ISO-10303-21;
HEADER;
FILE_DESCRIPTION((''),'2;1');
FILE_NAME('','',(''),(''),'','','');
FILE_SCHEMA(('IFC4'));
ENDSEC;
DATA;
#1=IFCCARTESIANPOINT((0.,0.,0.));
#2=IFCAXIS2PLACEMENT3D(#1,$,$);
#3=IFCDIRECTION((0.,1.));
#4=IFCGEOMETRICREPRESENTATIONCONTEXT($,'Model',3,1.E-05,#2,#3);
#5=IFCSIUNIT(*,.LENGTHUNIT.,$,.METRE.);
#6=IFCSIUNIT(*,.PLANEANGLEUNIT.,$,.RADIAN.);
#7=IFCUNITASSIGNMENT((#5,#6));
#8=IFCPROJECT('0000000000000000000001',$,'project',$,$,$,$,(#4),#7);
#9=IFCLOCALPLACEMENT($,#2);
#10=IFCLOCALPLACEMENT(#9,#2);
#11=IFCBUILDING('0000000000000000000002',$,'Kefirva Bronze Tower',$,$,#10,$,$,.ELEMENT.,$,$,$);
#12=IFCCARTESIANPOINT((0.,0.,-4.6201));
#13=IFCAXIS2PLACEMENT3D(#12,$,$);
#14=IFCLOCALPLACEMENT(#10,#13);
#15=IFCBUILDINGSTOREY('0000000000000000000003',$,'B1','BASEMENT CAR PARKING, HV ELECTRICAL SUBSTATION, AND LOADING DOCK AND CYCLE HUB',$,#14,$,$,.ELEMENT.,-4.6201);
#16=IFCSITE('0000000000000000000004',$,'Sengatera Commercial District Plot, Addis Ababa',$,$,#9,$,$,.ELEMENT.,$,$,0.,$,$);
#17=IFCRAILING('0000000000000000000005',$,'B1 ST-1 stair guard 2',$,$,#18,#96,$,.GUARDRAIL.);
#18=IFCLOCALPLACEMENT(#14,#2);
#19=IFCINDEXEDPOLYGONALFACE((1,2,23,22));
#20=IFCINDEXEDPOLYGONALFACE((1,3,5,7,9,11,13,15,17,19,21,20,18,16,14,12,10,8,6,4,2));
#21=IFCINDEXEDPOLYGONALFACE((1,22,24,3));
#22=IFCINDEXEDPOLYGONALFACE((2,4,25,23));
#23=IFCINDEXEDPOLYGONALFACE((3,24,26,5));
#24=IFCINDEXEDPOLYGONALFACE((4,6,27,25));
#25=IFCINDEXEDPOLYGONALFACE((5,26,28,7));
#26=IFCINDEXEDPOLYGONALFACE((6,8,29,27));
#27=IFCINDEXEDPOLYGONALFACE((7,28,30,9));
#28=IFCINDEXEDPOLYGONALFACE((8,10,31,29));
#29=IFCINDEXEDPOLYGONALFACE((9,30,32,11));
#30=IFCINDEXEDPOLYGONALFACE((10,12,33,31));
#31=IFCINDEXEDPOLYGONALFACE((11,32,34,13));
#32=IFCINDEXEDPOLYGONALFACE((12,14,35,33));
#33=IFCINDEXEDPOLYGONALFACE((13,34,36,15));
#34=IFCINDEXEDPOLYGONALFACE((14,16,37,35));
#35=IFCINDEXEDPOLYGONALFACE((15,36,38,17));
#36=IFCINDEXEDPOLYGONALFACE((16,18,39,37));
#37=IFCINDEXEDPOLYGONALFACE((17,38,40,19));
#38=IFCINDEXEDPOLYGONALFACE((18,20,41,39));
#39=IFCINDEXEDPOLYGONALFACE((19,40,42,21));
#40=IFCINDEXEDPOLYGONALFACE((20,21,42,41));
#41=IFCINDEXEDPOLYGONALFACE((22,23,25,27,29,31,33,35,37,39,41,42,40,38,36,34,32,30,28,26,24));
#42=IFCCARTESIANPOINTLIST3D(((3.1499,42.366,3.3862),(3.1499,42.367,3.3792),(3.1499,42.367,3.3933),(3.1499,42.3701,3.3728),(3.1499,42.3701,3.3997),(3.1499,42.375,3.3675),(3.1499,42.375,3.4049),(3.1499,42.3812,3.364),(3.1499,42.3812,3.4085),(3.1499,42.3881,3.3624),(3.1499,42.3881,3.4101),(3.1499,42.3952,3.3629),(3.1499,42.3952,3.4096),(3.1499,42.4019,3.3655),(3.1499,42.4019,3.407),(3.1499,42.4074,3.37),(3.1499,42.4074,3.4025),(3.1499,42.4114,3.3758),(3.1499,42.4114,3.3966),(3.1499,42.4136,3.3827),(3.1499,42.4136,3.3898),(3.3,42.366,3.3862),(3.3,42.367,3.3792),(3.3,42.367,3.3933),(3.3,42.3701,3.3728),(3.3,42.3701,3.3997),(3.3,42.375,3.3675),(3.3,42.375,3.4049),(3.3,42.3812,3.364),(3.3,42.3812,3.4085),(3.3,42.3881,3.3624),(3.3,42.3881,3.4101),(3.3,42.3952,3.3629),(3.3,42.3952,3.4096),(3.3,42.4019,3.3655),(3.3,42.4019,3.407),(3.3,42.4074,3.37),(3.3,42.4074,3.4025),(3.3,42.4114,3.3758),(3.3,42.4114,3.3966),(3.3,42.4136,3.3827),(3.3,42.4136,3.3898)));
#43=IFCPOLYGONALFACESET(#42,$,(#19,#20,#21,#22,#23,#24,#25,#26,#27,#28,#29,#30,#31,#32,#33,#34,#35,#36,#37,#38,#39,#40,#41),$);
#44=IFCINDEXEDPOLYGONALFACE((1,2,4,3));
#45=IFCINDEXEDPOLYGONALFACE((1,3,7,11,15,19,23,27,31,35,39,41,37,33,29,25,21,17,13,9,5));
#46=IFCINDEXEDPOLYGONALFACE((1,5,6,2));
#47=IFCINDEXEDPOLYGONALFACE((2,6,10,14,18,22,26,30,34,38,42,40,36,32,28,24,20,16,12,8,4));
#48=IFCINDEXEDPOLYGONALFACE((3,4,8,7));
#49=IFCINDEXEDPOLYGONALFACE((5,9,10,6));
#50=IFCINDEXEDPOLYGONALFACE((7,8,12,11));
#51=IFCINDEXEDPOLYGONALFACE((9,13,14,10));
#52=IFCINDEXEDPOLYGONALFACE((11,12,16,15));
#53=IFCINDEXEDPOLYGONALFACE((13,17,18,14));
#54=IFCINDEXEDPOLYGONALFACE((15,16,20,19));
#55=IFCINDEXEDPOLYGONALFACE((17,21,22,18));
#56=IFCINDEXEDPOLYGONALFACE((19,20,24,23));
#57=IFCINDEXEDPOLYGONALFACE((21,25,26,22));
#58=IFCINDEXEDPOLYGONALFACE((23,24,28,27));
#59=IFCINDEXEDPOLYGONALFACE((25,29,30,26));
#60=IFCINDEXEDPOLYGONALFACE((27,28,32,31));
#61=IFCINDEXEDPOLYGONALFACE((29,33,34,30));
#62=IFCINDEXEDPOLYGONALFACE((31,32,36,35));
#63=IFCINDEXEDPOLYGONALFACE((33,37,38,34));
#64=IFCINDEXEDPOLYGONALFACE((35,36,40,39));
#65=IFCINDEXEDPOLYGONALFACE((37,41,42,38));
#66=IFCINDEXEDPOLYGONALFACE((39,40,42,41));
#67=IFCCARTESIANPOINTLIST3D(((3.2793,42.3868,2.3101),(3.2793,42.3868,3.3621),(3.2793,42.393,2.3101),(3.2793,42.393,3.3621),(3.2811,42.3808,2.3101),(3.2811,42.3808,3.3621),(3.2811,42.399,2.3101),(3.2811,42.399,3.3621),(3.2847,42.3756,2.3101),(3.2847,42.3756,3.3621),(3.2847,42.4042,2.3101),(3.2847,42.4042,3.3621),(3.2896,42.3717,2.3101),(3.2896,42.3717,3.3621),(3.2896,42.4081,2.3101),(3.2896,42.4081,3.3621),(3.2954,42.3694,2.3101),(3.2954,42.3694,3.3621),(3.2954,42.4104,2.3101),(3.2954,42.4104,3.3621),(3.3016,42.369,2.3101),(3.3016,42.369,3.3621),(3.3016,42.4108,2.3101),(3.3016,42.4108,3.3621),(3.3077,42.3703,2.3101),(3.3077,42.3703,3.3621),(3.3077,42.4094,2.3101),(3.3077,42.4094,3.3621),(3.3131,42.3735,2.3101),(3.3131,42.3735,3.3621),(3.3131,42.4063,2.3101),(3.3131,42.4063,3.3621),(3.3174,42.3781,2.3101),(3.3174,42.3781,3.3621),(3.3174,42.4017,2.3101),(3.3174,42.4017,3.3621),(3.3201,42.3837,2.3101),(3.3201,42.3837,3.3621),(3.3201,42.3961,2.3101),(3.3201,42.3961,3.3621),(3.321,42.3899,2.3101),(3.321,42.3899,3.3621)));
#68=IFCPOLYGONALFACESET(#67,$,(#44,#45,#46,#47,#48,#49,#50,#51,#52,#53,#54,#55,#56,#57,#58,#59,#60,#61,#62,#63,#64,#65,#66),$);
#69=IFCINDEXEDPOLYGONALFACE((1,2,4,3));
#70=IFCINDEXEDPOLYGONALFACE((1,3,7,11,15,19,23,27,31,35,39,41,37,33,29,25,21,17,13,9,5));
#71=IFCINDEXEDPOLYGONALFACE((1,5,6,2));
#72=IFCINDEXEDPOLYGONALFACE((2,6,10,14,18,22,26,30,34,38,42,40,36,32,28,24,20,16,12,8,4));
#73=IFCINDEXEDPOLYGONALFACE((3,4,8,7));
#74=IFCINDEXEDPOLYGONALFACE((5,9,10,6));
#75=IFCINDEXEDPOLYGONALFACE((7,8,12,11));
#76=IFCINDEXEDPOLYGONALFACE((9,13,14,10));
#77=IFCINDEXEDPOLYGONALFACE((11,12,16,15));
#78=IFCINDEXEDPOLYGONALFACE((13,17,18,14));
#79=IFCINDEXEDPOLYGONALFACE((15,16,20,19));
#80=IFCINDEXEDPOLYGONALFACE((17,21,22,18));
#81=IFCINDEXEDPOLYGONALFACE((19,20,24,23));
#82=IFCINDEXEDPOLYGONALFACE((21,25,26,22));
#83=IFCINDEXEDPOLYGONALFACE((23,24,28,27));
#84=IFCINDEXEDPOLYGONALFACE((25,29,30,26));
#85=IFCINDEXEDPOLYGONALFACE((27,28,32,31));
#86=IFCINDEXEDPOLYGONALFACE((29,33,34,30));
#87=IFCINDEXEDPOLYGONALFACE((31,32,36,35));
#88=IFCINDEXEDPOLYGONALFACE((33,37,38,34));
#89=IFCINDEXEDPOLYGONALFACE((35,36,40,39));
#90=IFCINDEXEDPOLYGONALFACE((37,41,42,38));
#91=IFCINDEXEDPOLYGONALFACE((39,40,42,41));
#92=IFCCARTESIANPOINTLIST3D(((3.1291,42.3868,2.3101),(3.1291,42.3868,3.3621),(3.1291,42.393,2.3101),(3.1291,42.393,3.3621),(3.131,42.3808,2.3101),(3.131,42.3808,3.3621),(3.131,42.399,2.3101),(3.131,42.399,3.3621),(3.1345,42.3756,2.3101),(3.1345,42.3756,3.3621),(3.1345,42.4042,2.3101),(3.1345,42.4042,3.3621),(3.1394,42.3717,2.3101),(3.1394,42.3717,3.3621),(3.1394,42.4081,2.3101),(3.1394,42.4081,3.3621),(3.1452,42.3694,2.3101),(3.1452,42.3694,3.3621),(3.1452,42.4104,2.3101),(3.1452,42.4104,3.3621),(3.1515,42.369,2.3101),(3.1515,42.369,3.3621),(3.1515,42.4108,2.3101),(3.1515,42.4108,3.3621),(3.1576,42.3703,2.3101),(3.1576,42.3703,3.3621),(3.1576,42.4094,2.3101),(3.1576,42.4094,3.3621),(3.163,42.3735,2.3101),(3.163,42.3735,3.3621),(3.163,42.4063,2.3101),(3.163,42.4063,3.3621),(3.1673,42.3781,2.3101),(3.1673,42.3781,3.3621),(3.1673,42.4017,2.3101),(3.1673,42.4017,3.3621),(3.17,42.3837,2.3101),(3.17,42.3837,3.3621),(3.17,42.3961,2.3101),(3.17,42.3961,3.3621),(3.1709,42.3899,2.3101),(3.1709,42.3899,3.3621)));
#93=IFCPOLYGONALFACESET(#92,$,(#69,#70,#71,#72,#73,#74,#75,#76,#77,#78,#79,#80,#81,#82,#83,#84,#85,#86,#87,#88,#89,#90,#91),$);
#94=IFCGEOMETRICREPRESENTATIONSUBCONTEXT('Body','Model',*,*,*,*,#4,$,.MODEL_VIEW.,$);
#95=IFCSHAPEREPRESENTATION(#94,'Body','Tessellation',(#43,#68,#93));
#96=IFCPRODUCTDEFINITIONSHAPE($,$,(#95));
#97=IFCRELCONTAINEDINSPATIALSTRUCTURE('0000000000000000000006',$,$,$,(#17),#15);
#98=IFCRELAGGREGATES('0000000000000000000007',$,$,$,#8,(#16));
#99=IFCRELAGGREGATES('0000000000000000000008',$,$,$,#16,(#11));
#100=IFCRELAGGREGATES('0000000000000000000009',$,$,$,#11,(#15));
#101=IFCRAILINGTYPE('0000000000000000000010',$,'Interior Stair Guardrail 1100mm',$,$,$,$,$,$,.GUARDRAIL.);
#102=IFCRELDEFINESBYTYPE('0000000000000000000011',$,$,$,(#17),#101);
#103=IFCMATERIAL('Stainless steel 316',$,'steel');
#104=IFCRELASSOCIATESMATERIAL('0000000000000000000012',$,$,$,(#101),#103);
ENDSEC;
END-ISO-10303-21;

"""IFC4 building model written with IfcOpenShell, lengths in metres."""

from ifc_helpers import new_model, si_unit, direction, frame, origin, origin_2d, place, context, subcontext, project, spatial, circle, extrude, material, type_object, element, save


model = new_model("IFC4")

# Units and contexts
model_context = context("Model", 3, precision=1e-05, world=origin(), true_north=direction((0.0, 1.0)))
body_context = subcontext(model_context, "Body", "Model", "MODEL_VIEW")
ifc_project = project(units=[si_unit("LENGTHUNIT", "METRE"), si_unit("PLANEANGLEUNIT", "RADIAN")], contexts=[model_context])

# Site, building, storey
site_placement = place(None, origin())
site = spatial("IfcSite", under=ifc_project, at=site_placement, Name="Sengatera Commercial District Plot, Addis Ababa", CompositionType="ELEMENT", RefElevation=0.0)
building_placement = place(site_placement, origin())
building = spatial("IfcBuilding", under=site, at=building_placement, Name="Kefirva Bronze Tower", CompositionType="ELEMENT")
storey_placement = place(building_placement, frame((0.0, 0.0, -4.6201)))
storey = spatial("IfcBuildingStorey", under=building, at=storey_placement, Name="B1", Description="BASEMENT CAR PARKING, HV ELECTRICAL SUBSTATION, AND LOADING DOCK AND CYCLE HUB", CompositionType="ELEMENT", Elevation=-4.6201)

# Railing
ifc_material_1 = material(Name="Stainless steel 316", Category="steel")
railing_type_1 = type_object("IfcRailingType", Name="Interior Stair Guardrail 1100mm", PredefinedType="GUARDRAIL", material=ifc_material_1)
railing_1_placement = place(storey_placement, frame((3.3, 42.3899, 2.3101)))
element("IfcRailing", 1, at=railing_1_placement, inside=storey, type_object=railing_type_1, Name="B1 ST-1 stair guard 2", PredefinedType="GUARDRAIL", context=body_context, shape_type="SweptSolid", body=[
    extrude(circle(Radius=0.0239, at=origin_2d()), frame((0.0, 0.0, 1.0762), z_axis=(-1.0, 0.0, 0.0), x_axis=(0.0, -1.0, 0.0)), (0.0, 0.0, 1.0), 0.1501),
    extrude(circle(Radius=0.021, at=origin_2d()), origin(), (0.0, 0.0, 1.0), 1.052),
    extrude(circle(Radius=0.021, at=origin_2d()), frame((-0.1501, 0.0, 0.0)), (0.0, 0.0, 1.0), 1.052),
])

save(model, "model.ifc")
